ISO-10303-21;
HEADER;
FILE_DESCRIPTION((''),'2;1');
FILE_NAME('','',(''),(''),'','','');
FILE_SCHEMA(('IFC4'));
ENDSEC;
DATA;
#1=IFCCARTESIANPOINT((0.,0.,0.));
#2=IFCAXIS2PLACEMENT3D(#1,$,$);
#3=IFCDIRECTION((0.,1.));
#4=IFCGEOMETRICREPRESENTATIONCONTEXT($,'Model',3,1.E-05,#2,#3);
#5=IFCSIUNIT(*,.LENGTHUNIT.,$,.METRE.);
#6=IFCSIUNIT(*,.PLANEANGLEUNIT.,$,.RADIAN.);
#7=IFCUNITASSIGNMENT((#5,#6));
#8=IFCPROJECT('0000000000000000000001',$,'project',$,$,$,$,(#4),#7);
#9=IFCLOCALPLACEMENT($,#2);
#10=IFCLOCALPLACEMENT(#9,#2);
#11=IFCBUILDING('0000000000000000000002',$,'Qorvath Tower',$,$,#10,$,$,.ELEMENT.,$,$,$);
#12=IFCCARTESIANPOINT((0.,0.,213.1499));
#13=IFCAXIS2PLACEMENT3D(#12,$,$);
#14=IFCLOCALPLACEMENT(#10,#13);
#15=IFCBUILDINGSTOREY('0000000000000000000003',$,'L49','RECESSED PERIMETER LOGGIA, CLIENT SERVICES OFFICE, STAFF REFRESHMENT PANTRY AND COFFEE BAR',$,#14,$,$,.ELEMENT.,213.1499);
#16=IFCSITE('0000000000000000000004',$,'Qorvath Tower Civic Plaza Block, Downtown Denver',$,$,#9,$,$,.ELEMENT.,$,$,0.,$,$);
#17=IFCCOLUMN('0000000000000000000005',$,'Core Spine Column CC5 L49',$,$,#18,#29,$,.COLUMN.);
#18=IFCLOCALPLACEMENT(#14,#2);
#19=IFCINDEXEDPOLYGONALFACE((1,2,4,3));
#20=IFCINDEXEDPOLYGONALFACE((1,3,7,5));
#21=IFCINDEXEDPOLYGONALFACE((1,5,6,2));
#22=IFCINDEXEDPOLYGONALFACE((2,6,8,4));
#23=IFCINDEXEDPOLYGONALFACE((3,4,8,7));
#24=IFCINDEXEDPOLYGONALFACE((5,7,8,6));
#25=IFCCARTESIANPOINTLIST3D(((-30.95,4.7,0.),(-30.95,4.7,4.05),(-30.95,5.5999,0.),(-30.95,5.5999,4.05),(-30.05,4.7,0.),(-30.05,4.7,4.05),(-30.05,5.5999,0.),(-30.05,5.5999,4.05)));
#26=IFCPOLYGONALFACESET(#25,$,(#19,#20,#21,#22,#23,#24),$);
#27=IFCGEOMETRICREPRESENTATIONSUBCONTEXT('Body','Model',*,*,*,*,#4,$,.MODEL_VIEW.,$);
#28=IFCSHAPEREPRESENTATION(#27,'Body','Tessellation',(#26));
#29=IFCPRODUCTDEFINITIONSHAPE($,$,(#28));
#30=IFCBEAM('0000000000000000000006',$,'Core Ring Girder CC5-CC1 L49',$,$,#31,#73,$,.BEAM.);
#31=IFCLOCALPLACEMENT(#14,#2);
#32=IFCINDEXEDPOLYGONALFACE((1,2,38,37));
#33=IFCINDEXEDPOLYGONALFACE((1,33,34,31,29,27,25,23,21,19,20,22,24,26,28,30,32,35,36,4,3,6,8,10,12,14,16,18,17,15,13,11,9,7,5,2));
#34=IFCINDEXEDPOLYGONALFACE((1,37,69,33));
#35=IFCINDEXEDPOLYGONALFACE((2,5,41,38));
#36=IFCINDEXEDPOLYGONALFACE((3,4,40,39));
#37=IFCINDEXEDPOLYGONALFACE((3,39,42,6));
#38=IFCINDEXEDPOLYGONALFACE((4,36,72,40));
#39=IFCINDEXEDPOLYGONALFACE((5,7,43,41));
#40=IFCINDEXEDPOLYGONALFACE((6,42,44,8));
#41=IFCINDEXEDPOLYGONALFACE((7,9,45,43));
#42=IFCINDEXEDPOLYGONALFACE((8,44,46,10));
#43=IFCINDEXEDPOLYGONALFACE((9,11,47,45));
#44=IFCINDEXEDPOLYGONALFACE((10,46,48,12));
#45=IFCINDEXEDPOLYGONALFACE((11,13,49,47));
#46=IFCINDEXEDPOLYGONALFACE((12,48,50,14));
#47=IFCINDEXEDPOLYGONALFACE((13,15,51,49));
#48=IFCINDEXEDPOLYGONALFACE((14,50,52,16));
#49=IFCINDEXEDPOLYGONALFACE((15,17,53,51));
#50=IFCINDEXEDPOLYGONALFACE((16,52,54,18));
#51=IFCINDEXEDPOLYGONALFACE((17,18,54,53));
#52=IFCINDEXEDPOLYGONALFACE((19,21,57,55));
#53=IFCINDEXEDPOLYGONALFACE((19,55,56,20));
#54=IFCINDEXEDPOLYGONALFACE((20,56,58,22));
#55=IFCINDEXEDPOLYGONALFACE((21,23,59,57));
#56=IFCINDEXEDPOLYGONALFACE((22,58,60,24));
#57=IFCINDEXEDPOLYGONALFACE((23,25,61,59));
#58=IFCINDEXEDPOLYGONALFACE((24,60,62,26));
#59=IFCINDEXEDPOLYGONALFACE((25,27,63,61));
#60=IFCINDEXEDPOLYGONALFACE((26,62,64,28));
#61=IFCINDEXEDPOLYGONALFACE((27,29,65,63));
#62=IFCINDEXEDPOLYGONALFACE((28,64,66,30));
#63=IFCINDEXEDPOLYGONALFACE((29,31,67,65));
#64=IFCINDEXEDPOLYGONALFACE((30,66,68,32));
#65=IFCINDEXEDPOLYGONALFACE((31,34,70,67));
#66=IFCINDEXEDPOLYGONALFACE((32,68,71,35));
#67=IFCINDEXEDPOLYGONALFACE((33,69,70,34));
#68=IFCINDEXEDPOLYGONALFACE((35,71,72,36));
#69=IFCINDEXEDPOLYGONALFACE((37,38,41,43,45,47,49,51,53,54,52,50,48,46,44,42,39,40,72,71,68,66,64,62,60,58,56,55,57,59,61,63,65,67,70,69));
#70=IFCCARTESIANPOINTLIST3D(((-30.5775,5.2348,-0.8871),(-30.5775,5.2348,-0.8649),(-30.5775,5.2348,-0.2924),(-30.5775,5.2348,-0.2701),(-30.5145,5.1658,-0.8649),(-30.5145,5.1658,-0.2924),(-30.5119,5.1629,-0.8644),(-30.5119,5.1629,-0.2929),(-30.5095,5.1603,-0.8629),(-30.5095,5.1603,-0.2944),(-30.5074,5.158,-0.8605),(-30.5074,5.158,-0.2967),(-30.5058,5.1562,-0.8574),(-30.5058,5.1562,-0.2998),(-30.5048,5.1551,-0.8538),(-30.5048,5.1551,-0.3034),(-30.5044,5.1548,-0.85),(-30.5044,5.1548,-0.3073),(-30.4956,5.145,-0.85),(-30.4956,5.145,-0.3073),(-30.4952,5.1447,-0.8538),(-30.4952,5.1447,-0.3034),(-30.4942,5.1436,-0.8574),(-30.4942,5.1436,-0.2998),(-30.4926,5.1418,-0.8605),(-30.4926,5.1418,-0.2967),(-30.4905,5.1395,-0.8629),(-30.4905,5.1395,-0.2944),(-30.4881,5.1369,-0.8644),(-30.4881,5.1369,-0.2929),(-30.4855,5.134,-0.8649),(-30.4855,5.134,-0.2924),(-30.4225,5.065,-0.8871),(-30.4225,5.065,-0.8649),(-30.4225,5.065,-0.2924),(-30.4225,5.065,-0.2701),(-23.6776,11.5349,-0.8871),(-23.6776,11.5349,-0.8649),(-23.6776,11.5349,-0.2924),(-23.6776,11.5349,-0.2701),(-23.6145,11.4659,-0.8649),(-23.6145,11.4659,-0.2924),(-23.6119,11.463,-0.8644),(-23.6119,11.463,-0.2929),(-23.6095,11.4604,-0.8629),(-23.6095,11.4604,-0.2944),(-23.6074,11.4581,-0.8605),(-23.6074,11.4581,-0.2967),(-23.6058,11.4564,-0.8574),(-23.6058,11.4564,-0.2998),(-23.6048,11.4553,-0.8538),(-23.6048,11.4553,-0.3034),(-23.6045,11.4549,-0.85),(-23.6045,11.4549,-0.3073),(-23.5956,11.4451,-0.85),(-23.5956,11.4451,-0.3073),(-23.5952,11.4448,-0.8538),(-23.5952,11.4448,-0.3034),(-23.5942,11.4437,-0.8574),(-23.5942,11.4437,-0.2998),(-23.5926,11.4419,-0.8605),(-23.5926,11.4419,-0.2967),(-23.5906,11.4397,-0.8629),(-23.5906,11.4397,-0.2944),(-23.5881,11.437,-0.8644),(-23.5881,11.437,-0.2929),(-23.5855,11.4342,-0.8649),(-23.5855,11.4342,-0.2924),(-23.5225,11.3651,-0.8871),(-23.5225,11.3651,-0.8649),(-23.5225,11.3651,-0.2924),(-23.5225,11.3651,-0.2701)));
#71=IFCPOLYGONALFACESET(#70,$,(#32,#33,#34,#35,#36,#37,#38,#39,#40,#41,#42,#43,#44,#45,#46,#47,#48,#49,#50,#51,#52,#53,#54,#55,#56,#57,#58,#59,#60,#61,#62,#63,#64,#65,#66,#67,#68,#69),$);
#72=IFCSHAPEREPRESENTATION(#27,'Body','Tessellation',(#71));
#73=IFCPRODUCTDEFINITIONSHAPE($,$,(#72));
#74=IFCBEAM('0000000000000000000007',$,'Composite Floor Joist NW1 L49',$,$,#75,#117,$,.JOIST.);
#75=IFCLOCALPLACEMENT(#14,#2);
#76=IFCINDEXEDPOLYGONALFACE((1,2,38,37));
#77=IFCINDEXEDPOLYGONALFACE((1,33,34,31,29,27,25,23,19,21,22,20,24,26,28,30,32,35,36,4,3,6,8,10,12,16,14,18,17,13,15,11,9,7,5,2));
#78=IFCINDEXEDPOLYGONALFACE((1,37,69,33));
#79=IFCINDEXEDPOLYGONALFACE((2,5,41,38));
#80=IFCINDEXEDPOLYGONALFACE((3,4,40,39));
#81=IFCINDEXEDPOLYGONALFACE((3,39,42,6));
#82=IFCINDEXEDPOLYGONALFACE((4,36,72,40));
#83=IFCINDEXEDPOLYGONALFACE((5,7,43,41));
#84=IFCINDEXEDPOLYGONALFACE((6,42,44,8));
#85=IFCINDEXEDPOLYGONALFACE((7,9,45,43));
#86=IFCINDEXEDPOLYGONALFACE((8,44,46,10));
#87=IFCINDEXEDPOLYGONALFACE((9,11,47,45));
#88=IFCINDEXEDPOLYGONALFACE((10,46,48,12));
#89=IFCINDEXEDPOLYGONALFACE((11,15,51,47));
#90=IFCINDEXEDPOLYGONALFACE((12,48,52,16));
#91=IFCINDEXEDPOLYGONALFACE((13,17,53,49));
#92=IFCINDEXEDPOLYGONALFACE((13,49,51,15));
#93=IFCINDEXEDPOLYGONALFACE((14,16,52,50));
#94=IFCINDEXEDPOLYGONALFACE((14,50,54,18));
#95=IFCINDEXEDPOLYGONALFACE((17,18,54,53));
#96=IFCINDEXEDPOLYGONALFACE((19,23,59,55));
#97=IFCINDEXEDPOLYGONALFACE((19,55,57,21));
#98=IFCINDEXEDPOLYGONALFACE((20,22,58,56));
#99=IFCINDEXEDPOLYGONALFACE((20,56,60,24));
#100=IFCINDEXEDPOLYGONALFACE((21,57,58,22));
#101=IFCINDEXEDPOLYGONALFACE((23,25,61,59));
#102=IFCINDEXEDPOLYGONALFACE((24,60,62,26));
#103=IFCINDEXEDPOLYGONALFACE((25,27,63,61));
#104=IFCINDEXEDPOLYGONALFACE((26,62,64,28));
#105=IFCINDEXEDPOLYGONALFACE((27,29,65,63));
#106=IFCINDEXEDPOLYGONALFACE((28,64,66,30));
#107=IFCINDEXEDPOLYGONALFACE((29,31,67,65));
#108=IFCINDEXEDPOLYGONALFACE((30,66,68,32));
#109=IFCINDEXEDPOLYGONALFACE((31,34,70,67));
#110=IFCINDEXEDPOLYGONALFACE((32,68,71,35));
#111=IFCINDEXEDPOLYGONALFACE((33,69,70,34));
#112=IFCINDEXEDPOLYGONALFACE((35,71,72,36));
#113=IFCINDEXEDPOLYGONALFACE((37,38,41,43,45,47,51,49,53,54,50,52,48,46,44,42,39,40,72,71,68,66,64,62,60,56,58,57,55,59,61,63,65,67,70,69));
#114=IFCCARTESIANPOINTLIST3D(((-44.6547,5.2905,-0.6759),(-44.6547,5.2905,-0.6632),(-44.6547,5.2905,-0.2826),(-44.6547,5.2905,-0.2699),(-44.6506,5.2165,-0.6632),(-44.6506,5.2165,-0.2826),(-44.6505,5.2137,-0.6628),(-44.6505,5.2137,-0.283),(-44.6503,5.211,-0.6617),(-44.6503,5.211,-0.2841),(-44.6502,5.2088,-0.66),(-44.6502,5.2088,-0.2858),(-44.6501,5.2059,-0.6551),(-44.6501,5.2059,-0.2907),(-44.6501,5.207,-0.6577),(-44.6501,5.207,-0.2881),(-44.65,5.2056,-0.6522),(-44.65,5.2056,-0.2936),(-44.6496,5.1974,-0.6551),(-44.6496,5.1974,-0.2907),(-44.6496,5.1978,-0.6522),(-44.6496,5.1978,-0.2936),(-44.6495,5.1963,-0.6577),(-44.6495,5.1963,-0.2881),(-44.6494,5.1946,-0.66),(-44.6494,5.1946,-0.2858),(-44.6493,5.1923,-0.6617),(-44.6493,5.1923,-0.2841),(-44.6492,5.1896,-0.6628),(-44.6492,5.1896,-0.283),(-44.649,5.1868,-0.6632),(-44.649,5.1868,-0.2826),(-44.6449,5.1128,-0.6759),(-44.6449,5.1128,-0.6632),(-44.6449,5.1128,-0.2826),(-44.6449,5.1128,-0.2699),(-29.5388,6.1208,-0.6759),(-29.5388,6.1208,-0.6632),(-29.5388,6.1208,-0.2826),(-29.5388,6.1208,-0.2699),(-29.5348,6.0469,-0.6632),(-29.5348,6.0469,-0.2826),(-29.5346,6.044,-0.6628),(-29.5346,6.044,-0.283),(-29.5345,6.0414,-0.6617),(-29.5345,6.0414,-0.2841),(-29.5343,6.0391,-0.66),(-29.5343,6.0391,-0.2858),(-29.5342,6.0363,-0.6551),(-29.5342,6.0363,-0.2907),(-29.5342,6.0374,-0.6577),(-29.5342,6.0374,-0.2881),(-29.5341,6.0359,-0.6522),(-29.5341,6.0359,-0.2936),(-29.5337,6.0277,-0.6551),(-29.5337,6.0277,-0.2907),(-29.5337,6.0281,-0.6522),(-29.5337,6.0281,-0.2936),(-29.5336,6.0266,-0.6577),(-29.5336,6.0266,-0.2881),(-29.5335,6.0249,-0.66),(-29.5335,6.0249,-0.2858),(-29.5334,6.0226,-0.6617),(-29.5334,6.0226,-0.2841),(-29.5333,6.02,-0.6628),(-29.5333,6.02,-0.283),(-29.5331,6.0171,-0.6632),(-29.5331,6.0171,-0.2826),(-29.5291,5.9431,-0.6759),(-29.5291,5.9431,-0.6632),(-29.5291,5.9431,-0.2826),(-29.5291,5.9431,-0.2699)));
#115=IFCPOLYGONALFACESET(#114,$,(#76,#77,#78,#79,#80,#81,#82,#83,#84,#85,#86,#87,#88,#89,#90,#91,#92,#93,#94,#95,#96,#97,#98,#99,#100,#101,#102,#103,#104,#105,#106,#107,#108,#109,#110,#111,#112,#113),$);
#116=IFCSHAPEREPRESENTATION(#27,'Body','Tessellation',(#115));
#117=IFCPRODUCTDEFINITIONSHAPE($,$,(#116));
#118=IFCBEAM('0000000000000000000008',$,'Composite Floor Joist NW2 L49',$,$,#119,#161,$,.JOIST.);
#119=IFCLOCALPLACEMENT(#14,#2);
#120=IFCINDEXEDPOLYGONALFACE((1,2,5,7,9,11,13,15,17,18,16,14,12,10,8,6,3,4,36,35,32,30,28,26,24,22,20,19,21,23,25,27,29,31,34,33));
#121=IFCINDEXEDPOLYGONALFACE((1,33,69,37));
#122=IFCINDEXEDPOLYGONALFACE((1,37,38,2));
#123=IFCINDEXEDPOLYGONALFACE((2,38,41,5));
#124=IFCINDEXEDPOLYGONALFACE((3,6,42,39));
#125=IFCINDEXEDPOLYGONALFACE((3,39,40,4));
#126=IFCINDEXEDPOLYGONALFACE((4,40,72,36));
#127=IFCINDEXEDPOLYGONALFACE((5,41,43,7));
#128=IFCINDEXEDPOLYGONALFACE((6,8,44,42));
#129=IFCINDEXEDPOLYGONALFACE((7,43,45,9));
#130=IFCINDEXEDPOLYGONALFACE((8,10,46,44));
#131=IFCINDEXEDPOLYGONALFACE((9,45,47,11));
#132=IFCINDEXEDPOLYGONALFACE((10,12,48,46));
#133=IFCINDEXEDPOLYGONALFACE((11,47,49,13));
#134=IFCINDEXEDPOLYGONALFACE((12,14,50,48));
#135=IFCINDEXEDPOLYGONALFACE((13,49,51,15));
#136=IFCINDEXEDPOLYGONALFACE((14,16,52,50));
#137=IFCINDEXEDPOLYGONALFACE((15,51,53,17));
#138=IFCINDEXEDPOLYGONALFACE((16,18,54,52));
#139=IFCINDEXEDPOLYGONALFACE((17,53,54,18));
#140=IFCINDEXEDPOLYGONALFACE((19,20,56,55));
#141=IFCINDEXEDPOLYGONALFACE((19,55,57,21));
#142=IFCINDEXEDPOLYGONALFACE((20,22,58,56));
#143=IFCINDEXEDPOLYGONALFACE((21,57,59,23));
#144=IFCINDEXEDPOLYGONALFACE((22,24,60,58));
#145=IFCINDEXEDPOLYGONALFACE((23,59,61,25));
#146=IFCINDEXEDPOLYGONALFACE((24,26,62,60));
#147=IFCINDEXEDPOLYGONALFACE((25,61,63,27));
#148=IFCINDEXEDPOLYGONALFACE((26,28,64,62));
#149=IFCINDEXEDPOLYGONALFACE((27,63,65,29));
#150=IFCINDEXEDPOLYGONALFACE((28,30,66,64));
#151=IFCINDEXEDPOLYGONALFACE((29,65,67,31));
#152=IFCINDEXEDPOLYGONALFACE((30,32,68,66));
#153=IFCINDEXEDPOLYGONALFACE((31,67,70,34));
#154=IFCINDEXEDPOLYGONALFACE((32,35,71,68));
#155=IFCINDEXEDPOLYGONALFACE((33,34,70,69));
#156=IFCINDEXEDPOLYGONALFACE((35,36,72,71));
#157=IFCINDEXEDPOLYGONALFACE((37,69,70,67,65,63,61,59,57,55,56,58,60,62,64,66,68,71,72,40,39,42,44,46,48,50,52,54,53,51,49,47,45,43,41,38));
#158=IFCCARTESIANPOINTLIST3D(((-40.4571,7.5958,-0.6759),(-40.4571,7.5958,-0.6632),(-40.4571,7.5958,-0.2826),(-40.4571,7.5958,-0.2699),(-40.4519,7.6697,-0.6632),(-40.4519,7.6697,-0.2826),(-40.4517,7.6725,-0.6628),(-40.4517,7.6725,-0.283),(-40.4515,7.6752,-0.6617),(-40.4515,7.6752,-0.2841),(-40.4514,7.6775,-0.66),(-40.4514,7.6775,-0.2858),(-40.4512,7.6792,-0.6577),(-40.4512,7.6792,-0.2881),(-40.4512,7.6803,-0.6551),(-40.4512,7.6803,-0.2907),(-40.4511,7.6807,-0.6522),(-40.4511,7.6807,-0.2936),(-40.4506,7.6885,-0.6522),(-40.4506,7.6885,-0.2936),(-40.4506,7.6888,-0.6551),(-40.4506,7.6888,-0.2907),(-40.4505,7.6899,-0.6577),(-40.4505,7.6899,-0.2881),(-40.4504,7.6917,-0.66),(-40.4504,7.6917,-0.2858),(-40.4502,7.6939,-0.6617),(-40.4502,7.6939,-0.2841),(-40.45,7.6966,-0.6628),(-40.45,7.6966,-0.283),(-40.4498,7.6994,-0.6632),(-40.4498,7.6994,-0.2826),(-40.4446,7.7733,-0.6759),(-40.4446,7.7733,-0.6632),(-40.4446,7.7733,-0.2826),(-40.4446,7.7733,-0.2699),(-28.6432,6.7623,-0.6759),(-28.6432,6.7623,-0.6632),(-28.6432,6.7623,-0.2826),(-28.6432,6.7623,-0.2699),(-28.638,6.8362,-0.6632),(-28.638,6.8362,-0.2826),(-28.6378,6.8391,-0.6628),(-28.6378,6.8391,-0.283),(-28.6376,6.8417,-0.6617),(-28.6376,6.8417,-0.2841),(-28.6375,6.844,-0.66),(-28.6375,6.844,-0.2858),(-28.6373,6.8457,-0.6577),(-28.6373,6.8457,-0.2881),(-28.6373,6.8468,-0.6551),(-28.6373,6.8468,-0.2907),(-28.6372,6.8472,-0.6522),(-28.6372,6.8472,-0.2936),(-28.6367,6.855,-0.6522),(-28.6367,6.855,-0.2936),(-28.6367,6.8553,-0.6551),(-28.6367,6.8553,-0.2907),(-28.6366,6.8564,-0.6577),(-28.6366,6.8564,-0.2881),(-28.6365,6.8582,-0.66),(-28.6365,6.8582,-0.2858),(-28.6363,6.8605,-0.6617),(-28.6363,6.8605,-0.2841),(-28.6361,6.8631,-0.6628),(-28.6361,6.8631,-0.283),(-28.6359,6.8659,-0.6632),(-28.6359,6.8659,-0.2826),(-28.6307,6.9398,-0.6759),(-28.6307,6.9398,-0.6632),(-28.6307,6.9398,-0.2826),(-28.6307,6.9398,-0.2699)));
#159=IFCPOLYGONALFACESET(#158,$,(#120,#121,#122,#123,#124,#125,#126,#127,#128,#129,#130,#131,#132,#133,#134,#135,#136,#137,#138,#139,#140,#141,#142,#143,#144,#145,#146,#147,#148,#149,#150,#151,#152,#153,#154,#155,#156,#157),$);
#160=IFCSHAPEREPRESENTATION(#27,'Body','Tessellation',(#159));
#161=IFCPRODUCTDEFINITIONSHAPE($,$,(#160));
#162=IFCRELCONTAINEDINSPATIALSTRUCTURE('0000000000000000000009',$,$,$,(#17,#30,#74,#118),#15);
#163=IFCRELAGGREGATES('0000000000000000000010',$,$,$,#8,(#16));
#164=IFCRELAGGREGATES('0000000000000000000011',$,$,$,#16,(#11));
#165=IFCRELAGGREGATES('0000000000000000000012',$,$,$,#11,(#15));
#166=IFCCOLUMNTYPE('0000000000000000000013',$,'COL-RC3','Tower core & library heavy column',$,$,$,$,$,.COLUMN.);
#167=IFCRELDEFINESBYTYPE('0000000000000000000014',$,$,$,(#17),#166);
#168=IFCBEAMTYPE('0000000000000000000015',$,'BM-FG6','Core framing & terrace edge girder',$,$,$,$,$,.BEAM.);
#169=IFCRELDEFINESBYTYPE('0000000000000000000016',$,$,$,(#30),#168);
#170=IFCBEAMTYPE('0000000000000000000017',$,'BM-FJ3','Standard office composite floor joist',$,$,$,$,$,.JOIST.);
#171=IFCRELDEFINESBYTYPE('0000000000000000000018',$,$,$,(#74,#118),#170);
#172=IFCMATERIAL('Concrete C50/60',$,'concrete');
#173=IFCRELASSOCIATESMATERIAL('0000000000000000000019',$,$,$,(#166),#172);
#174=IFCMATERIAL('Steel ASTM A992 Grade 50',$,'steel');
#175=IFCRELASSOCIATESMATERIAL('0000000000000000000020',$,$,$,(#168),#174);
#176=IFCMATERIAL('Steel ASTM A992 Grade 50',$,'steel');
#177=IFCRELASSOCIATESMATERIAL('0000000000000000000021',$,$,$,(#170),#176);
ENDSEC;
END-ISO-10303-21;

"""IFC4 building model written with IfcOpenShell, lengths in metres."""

from ifc_helpers import new_model, si_unit, direction, frame, origin, origin_2d, place, context, subcontext, project, spatial, rectangle, i_section, extrude, material, material_profile, profile_set, type_object, element, save


model = new_model("IFC4")

# Units and contexts
model_context = context("Model", 3, precision=1e-05, world=origin(), true_north=direction((0.0, 1.0)))
body_context = subcontext(model_context, "Body", "Model", "MODEL_VIEW")
ifc_project = project(units=[si_unit("LENGTHUNIT", "METRE"), si_unit("PLANEANGLEUNIT", "RADIAN")], contexts=[model_context])

# Site, building, storey
site_placement = place(None, origin())
site = spatial("IfcSite", under=ifc_project, at=site_placement, Name="Qorvath Tower Civic Plaza Block, Downtown Denver", CompositionType="ELEMENT", RefElevation=0.0)
building_placement = place(site_placement, origin())
building = spatial("IfcBuilding", under=site, at=building_placement, Name="Qorvath Tower", CompositionType="ELEMENT")
storey_placement = place(building_placement, frame((0.0, 0.0, 213.1499)))
storey = spatial("IfcBuildingStorey", under=building, at=storey_placement, Name="L49", Description="RECESSED PERIMETER LOGGIA, CLIENT SERVICES OFFICE, STAFF REFRESHMENT PANTRY AND COFFEE BAR", CompositionType="ELEMENT", Elevation=213.1499)

# Column
ifc_material_1 = material(Name="Concrete C50/60", Category="concrete")
ifc_material_profile_1 = material_profile(ifc_material_1, rectangle(XDim=0.8999, YDim=0.8999, at=origin_2d()), Name="RC 900x900")
ifc_profile_set_1 = profile_set([ifc_material_profile_1], Name="Concrete C50/60")
column_type = type_object("IfcColumnType", Name="COL-RC3", Description="Tower core & library heavy column", PredefinedType="COLUMN", material=ifc_profile_set_1)
column_placement = place(storey_placement, frame((-30.5, 5.1499, 0.0), z_axis=(0.0, 0.0, 1.0), x_axis=(1.0, 0.0, 0.0)))
element("IfcColumn", 1, at=column_placement, inside=storey, type_object=column_type, Name="Core Spine Column CC5 L49", PredefinedType="COLUMN", context=body_context, shape_type="SweptSolid", body=[
    extrude(rectangle(XDim=0.8999, YDim=0.8999, at=origin_2d()), origin(), (0.0, 0.0, 1.0), 4.05),
])

# Beams
ifc_material_2 = material(Name="Steel ASTM A992 Grade 50", Category="steel")
ifc_material_profile_2 = material_profile(ifc_material_2, i_section(OverallWidth=0.23, OverallDepth=0.6169, WebThickness=0.0132, FlangeThickness=0.0222, FilletRadius=0.0149, at=origin_2d()), Name="W24x94")
ifc_profile_set_2 = profile_set([ifc_material_profile_2], Name="Steel ASTM A992 Grade 50")
beam_type_1 = type_object("IfcBeamType", Name="BM-FG6", Description="Core framing & terrace edge girder", PredefinedType="BEAM", material=ifc_profile_set_2)
beam_1_placement = place(storey_placement, frame((-30.5, 5.1499, -0.5786), z_axis=(0.738478, 0.674277, 0.0), x_axis=(-0.674277, 0.738478, 0.0)))
element("IfcBeam", 2, at=beam_1_placement, inside=storey, type_object=beam_type_1, Name="Core Ring Girder CC5-CC1 L49", PredefinedType="BEAM", context=body_context, shape_type="SweptSolid", body=[
    extrude(i_section(OverallWidth=0.23, OverallDepth=0.6169, WebThickness=0.0132, FlangeThickness=0.0222, FilletRadius=0.0149, at=origin_2d()), origin(), (0.0, 0.0, 1.0), 9.3435),
])
ifc_material_3 = material(Name="Steel ASTM A992 Grade 50", Category="steel")
ifc_material_profile_3 = material_profile(ifc_material_3, i_section(OverallWidth=0.178, OverallDepth=0.406, WebThickness=0.0078, FlangeThickness=0.0127, FilletRadius=0.011, at=origin_2d()), Name="W16x40")
ifc_profile_set_3 = profile_set([ifc_material_profile_3], Name="Steel ASTM A992 Grade 50")
beam_type_2 = type_object("IfcBeamType", Name="BM-FJ3", Description="Standard office composite floor joist", PredefinedType="JOIST", material=ifc_profile_set_3)
beam_2_placement = place(storey_placement, frame((-29.5339, 6.032, -0.4729), z_axis=(-0.998495, -0.054847, 0.0), x_axis=(0.054847, -0.998495, 0.0)))
element("IfcBeam", 3, at=beam_2_placement, inside=storey, type_object=beam_type_2, Name="Composite Floor Joist NW1 L49", PredefinedType="JOIST", context=body_context, shape_type="SweptSolid", body=[
    extrude(i_section(OverallWidth=0.178, OverallDepth=0.406, WebThickness=0.0078, FlangeThickness=0.0127, FilletRadius=0.011, at=origin_2d()), origin(), (0.0, 0.0, 1.0), 15.1387),
])
beam_3_placement = place(storey_placement, frame((-28.637, 6.8511, -0.4729), z_axis=(-0.99752, 0.070377, 0.0), x_axis=(-0.070377, -0.99752, 0.0)))
element("IfcBeam", 4, at=beam_3_placement, inside=storey, type_object=beam_type_2, Name="Composite Floor Joist NW2 L49", PredefinedType="JOIST", context=body_context, shape_type="SweptSolid", body=[
    extrude(i_section(OverallWidth=0.178, OverallDepth=0.406, WebThickness=0.0078, FlangeThickness=0.0127, FilletRadius=0.011, at=origin_2d()), origin(), (0.0, 0.0, 1.0), 11.8433),
])

save(model, "model.ifc")
